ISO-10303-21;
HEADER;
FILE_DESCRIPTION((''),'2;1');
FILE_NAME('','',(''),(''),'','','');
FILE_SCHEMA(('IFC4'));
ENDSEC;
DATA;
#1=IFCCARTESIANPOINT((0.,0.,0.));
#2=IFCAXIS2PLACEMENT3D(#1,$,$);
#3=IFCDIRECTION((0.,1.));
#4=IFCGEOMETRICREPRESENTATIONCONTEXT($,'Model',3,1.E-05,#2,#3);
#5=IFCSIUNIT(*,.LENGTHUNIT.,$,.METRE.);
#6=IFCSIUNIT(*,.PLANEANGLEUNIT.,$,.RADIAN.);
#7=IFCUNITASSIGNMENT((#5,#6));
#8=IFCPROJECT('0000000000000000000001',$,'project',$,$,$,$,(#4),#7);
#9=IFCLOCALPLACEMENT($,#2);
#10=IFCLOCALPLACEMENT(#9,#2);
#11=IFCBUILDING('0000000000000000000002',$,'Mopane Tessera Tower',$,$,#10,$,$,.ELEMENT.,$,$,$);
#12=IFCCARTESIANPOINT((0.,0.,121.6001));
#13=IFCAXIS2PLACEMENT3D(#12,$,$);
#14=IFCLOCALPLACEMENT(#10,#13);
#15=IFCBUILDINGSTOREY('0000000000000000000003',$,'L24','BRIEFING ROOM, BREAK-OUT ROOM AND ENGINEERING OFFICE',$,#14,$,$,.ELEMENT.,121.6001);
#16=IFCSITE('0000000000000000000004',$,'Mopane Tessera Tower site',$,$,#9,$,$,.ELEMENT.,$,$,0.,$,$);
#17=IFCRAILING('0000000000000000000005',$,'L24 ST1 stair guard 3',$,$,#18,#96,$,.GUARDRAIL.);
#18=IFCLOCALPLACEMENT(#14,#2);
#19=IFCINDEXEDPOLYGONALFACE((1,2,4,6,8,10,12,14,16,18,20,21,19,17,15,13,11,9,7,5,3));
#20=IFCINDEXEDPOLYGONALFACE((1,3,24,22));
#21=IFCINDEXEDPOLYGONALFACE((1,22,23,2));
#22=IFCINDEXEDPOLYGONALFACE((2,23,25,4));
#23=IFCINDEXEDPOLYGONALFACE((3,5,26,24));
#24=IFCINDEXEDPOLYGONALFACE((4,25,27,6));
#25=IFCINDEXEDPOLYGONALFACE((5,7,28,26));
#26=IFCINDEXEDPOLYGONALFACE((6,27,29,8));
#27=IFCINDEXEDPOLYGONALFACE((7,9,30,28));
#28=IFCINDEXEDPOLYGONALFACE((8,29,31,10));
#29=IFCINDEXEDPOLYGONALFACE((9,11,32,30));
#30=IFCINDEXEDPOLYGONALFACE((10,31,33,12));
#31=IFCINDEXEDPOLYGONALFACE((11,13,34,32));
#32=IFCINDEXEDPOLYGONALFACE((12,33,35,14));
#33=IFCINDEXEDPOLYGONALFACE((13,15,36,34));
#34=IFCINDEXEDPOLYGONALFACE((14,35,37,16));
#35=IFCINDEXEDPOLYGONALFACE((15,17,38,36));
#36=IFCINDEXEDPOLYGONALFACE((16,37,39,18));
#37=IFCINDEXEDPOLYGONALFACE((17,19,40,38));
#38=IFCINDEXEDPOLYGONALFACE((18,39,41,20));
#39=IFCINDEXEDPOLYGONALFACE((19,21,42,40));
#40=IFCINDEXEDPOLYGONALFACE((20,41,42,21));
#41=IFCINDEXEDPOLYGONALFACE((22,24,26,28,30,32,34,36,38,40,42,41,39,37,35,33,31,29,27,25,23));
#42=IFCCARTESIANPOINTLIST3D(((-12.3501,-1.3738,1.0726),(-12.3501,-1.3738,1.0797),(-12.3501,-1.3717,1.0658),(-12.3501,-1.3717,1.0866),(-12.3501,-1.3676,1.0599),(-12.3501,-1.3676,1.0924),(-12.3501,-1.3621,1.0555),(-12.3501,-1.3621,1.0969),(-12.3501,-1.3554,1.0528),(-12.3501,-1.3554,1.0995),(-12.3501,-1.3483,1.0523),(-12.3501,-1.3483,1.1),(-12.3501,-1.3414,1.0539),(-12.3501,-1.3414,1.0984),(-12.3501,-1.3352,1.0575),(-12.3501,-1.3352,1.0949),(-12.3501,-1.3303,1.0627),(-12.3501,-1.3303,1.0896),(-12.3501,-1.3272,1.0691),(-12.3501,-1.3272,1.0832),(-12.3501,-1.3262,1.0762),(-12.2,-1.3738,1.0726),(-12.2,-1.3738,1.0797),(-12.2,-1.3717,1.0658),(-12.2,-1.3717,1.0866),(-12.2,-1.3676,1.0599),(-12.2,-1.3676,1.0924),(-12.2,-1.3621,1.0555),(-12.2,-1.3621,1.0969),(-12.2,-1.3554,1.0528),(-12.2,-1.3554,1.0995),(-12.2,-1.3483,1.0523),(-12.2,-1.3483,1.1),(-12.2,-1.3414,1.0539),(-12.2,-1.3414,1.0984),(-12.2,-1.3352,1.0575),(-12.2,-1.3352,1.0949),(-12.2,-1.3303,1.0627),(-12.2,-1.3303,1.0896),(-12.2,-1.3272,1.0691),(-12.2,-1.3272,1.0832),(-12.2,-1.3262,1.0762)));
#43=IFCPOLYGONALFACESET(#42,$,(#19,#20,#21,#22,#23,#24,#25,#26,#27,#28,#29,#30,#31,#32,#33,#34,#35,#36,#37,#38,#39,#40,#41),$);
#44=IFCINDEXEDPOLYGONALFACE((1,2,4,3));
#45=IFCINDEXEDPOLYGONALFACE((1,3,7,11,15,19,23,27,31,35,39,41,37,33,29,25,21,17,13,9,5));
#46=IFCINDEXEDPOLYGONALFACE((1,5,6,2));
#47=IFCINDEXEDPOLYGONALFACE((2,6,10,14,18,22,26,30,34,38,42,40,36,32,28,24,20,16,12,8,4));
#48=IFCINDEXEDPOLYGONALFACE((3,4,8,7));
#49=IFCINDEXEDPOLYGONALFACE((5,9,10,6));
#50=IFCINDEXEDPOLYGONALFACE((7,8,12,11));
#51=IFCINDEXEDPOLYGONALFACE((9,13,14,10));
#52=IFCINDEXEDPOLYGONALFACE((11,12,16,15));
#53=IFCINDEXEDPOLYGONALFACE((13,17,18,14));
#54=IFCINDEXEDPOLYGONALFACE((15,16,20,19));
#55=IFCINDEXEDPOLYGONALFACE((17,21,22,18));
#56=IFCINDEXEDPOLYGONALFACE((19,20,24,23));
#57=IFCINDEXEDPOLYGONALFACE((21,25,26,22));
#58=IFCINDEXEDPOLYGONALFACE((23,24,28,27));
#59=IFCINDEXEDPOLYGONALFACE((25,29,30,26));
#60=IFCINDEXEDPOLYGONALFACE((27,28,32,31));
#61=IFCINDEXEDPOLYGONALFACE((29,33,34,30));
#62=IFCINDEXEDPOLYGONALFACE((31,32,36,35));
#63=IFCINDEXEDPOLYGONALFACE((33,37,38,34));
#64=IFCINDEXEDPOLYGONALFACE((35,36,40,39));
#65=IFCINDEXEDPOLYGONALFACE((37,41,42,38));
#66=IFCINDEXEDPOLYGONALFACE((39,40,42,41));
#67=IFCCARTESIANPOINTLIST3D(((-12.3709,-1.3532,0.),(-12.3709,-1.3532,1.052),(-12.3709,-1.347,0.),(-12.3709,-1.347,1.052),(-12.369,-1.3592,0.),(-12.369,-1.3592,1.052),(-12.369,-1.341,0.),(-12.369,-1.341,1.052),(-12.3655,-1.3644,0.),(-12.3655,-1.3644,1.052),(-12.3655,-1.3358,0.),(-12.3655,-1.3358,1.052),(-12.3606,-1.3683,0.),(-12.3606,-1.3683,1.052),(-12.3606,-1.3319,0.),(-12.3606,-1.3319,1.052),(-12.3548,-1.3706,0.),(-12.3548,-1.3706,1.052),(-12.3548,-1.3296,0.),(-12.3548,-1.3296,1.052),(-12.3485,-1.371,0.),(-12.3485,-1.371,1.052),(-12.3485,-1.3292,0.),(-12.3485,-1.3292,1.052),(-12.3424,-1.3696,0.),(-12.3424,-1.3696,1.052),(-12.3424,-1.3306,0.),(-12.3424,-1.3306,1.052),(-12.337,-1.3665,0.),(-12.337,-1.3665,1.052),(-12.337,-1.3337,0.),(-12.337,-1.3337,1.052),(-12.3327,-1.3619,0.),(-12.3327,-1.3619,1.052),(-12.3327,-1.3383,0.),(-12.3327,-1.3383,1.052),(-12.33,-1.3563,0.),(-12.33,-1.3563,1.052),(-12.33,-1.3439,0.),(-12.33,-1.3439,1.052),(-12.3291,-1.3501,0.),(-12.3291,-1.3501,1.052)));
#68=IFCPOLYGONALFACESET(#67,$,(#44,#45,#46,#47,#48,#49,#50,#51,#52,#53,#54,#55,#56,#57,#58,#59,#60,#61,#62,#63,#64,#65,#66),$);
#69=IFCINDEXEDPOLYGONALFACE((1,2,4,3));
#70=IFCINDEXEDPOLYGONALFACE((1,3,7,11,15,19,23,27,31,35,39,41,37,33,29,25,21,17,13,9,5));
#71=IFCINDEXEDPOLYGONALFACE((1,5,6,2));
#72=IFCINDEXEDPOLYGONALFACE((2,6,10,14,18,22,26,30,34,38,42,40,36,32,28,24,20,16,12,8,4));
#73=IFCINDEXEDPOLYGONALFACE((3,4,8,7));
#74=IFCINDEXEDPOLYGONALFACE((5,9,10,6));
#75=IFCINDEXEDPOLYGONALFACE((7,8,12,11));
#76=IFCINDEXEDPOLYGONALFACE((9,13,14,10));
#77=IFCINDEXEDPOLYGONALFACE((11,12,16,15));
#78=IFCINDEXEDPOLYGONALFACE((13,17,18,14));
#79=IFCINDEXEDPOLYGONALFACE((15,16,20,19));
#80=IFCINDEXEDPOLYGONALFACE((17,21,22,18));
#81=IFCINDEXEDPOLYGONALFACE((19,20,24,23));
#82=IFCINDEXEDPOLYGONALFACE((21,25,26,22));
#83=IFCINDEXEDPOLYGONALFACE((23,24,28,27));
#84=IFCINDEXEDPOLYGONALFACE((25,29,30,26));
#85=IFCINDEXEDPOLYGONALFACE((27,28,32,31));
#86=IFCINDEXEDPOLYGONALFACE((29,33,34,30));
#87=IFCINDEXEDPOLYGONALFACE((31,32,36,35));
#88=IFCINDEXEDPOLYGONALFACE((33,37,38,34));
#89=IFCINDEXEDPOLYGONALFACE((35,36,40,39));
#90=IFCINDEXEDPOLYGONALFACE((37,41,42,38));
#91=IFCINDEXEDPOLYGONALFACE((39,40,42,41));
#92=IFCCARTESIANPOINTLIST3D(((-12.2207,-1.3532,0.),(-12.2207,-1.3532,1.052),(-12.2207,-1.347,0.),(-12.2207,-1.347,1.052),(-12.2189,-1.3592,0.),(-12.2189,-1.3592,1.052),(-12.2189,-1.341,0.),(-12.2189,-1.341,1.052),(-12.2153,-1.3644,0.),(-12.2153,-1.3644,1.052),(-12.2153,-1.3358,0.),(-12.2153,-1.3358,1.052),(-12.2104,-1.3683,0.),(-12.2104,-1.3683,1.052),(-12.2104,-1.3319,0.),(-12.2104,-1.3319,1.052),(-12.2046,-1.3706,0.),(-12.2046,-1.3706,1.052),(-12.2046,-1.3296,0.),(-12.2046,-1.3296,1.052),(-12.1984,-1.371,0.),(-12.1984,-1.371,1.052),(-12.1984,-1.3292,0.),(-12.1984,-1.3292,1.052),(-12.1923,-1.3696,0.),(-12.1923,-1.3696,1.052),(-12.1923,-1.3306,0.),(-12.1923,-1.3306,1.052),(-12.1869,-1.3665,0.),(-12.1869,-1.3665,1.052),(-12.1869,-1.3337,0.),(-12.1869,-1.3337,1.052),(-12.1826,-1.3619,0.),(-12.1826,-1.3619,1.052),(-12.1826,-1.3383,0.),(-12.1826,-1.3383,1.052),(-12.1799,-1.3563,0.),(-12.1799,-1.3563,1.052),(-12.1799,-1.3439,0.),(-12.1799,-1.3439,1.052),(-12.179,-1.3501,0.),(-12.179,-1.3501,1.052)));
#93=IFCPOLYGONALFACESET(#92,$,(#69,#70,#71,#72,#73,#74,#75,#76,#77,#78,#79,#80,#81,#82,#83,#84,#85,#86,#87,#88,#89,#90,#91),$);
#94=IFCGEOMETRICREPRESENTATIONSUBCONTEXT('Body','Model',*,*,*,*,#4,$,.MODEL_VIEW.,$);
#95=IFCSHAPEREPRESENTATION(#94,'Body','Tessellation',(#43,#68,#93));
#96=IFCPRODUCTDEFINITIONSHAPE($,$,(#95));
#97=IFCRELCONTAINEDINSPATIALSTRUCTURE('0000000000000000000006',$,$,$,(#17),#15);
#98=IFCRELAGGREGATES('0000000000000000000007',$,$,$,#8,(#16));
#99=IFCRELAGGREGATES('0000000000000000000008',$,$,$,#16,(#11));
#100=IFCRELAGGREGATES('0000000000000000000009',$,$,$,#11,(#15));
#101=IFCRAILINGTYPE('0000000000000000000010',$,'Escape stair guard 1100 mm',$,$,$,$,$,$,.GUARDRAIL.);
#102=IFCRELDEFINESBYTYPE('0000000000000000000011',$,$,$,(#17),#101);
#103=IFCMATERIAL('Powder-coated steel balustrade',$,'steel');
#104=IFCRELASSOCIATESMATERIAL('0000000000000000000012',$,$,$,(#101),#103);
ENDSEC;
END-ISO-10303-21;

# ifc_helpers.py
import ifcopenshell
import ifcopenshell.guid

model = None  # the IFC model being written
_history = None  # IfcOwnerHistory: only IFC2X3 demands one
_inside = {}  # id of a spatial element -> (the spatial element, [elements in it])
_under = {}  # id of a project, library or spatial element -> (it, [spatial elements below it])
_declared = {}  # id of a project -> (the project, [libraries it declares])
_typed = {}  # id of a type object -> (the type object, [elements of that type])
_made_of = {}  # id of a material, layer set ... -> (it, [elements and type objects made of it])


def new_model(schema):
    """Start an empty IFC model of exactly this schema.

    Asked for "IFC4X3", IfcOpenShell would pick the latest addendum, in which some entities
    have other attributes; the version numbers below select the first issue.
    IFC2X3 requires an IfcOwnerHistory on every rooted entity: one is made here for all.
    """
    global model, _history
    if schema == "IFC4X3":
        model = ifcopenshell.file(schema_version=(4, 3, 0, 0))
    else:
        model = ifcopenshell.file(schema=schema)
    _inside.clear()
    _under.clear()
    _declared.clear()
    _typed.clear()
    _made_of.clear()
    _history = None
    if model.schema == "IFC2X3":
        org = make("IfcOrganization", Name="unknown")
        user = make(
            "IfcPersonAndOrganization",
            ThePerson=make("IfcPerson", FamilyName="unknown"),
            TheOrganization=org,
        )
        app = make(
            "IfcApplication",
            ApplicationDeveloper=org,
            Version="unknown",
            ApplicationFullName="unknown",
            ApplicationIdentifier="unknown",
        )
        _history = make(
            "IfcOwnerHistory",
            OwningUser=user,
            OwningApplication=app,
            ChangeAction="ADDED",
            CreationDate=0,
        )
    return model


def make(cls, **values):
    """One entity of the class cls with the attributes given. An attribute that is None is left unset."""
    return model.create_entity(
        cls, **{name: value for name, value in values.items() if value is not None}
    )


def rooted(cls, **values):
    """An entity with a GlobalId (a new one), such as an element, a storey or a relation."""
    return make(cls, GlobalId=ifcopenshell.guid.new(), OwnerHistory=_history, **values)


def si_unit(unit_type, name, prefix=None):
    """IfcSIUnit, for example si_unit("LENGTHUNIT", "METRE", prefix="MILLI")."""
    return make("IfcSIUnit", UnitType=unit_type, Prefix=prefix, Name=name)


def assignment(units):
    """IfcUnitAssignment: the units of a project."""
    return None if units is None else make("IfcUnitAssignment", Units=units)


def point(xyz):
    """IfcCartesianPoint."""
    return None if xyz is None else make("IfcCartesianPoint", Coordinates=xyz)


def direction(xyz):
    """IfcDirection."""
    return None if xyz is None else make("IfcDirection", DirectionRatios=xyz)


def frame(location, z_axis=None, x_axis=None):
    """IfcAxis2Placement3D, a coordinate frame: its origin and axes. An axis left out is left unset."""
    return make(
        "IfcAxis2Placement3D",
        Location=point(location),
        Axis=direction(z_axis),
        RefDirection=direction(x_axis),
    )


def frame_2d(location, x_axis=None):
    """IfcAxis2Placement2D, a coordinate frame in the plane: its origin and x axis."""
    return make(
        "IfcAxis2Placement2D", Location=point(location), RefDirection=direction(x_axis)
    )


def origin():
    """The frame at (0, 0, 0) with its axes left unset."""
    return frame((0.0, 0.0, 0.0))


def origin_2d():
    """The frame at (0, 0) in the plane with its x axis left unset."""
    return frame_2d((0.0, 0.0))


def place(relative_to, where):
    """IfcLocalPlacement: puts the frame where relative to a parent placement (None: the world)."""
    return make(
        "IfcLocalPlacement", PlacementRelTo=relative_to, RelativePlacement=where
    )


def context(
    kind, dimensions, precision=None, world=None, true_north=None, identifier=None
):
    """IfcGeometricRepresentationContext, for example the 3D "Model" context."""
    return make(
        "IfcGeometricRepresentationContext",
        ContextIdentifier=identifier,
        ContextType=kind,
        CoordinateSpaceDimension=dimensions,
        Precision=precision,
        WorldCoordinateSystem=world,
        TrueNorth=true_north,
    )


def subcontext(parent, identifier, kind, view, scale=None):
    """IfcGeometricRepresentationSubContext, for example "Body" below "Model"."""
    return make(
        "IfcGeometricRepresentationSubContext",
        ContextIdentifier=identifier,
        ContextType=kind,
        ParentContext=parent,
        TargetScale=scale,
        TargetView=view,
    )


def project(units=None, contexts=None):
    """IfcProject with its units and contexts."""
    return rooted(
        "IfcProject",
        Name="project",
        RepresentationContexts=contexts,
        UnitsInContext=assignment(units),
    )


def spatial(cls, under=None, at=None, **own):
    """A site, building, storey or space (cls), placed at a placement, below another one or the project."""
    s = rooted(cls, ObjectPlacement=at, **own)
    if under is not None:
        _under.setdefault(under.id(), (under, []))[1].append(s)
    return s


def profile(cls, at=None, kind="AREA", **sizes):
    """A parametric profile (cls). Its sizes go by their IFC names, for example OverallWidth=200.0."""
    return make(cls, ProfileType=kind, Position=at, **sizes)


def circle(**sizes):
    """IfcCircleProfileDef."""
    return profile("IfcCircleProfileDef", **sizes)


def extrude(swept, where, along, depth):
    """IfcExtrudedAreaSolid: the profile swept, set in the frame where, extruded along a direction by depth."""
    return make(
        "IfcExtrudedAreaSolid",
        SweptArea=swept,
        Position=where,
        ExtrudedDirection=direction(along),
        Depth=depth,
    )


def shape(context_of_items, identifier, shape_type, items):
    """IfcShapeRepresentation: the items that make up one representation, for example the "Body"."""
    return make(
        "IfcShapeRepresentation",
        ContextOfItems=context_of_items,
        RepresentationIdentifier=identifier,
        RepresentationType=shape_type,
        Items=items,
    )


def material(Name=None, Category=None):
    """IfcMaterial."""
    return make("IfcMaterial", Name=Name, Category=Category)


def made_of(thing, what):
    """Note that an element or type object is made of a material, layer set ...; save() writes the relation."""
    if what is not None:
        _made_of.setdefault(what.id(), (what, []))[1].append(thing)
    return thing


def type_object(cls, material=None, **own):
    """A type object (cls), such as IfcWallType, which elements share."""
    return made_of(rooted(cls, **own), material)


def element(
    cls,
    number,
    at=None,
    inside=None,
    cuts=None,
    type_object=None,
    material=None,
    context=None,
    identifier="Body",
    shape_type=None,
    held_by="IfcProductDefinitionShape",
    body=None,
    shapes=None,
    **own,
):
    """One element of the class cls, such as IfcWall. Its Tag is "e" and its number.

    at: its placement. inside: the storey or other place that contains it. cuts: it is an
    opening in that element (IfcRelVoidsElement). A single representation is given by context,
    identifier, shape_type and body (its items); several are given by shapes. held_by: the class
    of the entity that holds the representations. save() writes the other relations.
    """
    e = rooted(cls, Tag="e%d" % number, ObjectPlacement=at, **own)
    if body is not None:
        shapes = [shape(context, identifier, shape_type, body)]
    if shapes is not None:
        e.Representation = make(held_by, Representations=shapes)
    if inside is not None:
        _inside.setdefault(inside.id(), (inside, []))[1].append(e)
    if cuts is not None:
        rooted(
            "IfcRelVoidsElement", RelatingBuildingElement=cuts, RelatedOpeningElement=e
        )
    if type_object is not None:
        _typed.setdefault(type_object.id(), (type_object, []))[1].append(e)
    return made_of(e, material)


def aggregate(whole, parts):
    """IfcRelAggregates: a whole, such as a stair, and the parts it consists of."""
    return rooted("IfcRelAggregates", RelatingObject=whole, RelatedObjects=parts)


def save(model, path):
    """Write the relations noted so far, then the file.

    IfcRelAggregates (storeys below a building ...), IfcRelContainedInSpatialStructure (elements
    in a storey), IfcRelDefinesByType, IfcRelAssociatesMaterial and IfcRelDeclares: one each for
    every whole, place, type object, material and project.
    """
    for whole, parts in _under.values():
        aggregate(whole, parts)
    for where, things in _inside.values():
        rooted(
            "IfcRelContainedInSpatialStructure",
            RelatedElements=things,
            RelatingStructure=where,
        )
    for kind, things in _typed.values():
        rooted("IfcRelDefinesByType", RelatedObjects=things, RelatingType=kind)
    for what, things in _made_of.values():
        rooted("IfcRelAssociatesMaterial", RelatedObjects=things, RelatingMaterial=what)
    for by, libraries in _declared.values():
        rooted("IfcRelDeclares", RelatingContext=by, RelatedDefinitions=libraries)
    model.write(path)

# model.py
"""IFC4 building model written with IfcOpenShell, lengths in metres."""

from ifc_helpers import new_model, si_unit, direction, frame, origin, origin_2d, place, context, subcontext, project, spatial, circle, extrude, material, type_object, element, save


model = new_model("IFC4")

# Units and contexts
model_context = context("Model", 3, precision=1e-05, world=origin(), true_north=direction((0.0, 1.0)))
body_context = subcontext(model_context, "Body", "Model", "MODEL_VIEW")
ifc_project = project(units=[si_unit("LENGTHUNIT", "METRE"), si_unit("PLANEANGLEUNIT", "RADIAN")], contexts=[model_context])

# Site, building, storey
site_placement = place(None, origin())
site = spatial("IfcSite", under=ifc_project, at=site_placement, Name="Mopane Tessera Tower site", CompositionType="ELEMENT", RefElevation=0.0)
building_placement = place(site_placement, origin())
building = spatial("IfcBuilding", under=site, at=building_placement, Name="Mopane Tessera Tower", CompositionType="ELEMENT")
storey_placement = place(building_placement, frame((0.0, 0.0, 121.6001)))
storey = spatial("IfcBuildingStorey", under=building, at=storey_placement, Name="L24", Description="BRIEFING ROOM, BREAK-OUT ROOM AND ENGINEERING OFFICE", CompositionType="ELEMENT", Elevation=121.6001)

# Railing
ifc_material_1 = material(Name="Powder-coated steel balustrade", Category="steel")
railing_type_1 = type_object("IfcRailingType", Name="Escape stair guard 1100 mm", PredefinedType="GUARDRAIL", material=ifc_material_1)
railing_1_placement = place(storey_placement, frame((-12.3501, -1.3501, 0.0)))
element("IfcRailing", 1, at=railing_1_placement, inside=storey, type_object=railing_type_1, Name="L24 ST1 stair guard 3", PredefinedType="GUARDRAIL", context=body_context, shape_type="SweptSolid", body=[
    extrude(circle(Radius=0.0239, at=origin_2d()), frame((0.0, 0.0, 1.0762), z_axis=(1.0, 0.0, 0.0), x_axis=(0.0, 1.0, 0.0)), (0.0, 0.0, 1.0), 0.1501),
    extrude(circle(Radius=0.021, at=origin_2d()), origin(), (0.0, 0.0, 1.0), 1.052),
    extrude(circle(Radius=0.021, at=origin_2d()), frame((0.1501, 0.0, 0.0)), (0.0, 0.0, 1.0), 1.052),
])

save(model, "model.ifc")
